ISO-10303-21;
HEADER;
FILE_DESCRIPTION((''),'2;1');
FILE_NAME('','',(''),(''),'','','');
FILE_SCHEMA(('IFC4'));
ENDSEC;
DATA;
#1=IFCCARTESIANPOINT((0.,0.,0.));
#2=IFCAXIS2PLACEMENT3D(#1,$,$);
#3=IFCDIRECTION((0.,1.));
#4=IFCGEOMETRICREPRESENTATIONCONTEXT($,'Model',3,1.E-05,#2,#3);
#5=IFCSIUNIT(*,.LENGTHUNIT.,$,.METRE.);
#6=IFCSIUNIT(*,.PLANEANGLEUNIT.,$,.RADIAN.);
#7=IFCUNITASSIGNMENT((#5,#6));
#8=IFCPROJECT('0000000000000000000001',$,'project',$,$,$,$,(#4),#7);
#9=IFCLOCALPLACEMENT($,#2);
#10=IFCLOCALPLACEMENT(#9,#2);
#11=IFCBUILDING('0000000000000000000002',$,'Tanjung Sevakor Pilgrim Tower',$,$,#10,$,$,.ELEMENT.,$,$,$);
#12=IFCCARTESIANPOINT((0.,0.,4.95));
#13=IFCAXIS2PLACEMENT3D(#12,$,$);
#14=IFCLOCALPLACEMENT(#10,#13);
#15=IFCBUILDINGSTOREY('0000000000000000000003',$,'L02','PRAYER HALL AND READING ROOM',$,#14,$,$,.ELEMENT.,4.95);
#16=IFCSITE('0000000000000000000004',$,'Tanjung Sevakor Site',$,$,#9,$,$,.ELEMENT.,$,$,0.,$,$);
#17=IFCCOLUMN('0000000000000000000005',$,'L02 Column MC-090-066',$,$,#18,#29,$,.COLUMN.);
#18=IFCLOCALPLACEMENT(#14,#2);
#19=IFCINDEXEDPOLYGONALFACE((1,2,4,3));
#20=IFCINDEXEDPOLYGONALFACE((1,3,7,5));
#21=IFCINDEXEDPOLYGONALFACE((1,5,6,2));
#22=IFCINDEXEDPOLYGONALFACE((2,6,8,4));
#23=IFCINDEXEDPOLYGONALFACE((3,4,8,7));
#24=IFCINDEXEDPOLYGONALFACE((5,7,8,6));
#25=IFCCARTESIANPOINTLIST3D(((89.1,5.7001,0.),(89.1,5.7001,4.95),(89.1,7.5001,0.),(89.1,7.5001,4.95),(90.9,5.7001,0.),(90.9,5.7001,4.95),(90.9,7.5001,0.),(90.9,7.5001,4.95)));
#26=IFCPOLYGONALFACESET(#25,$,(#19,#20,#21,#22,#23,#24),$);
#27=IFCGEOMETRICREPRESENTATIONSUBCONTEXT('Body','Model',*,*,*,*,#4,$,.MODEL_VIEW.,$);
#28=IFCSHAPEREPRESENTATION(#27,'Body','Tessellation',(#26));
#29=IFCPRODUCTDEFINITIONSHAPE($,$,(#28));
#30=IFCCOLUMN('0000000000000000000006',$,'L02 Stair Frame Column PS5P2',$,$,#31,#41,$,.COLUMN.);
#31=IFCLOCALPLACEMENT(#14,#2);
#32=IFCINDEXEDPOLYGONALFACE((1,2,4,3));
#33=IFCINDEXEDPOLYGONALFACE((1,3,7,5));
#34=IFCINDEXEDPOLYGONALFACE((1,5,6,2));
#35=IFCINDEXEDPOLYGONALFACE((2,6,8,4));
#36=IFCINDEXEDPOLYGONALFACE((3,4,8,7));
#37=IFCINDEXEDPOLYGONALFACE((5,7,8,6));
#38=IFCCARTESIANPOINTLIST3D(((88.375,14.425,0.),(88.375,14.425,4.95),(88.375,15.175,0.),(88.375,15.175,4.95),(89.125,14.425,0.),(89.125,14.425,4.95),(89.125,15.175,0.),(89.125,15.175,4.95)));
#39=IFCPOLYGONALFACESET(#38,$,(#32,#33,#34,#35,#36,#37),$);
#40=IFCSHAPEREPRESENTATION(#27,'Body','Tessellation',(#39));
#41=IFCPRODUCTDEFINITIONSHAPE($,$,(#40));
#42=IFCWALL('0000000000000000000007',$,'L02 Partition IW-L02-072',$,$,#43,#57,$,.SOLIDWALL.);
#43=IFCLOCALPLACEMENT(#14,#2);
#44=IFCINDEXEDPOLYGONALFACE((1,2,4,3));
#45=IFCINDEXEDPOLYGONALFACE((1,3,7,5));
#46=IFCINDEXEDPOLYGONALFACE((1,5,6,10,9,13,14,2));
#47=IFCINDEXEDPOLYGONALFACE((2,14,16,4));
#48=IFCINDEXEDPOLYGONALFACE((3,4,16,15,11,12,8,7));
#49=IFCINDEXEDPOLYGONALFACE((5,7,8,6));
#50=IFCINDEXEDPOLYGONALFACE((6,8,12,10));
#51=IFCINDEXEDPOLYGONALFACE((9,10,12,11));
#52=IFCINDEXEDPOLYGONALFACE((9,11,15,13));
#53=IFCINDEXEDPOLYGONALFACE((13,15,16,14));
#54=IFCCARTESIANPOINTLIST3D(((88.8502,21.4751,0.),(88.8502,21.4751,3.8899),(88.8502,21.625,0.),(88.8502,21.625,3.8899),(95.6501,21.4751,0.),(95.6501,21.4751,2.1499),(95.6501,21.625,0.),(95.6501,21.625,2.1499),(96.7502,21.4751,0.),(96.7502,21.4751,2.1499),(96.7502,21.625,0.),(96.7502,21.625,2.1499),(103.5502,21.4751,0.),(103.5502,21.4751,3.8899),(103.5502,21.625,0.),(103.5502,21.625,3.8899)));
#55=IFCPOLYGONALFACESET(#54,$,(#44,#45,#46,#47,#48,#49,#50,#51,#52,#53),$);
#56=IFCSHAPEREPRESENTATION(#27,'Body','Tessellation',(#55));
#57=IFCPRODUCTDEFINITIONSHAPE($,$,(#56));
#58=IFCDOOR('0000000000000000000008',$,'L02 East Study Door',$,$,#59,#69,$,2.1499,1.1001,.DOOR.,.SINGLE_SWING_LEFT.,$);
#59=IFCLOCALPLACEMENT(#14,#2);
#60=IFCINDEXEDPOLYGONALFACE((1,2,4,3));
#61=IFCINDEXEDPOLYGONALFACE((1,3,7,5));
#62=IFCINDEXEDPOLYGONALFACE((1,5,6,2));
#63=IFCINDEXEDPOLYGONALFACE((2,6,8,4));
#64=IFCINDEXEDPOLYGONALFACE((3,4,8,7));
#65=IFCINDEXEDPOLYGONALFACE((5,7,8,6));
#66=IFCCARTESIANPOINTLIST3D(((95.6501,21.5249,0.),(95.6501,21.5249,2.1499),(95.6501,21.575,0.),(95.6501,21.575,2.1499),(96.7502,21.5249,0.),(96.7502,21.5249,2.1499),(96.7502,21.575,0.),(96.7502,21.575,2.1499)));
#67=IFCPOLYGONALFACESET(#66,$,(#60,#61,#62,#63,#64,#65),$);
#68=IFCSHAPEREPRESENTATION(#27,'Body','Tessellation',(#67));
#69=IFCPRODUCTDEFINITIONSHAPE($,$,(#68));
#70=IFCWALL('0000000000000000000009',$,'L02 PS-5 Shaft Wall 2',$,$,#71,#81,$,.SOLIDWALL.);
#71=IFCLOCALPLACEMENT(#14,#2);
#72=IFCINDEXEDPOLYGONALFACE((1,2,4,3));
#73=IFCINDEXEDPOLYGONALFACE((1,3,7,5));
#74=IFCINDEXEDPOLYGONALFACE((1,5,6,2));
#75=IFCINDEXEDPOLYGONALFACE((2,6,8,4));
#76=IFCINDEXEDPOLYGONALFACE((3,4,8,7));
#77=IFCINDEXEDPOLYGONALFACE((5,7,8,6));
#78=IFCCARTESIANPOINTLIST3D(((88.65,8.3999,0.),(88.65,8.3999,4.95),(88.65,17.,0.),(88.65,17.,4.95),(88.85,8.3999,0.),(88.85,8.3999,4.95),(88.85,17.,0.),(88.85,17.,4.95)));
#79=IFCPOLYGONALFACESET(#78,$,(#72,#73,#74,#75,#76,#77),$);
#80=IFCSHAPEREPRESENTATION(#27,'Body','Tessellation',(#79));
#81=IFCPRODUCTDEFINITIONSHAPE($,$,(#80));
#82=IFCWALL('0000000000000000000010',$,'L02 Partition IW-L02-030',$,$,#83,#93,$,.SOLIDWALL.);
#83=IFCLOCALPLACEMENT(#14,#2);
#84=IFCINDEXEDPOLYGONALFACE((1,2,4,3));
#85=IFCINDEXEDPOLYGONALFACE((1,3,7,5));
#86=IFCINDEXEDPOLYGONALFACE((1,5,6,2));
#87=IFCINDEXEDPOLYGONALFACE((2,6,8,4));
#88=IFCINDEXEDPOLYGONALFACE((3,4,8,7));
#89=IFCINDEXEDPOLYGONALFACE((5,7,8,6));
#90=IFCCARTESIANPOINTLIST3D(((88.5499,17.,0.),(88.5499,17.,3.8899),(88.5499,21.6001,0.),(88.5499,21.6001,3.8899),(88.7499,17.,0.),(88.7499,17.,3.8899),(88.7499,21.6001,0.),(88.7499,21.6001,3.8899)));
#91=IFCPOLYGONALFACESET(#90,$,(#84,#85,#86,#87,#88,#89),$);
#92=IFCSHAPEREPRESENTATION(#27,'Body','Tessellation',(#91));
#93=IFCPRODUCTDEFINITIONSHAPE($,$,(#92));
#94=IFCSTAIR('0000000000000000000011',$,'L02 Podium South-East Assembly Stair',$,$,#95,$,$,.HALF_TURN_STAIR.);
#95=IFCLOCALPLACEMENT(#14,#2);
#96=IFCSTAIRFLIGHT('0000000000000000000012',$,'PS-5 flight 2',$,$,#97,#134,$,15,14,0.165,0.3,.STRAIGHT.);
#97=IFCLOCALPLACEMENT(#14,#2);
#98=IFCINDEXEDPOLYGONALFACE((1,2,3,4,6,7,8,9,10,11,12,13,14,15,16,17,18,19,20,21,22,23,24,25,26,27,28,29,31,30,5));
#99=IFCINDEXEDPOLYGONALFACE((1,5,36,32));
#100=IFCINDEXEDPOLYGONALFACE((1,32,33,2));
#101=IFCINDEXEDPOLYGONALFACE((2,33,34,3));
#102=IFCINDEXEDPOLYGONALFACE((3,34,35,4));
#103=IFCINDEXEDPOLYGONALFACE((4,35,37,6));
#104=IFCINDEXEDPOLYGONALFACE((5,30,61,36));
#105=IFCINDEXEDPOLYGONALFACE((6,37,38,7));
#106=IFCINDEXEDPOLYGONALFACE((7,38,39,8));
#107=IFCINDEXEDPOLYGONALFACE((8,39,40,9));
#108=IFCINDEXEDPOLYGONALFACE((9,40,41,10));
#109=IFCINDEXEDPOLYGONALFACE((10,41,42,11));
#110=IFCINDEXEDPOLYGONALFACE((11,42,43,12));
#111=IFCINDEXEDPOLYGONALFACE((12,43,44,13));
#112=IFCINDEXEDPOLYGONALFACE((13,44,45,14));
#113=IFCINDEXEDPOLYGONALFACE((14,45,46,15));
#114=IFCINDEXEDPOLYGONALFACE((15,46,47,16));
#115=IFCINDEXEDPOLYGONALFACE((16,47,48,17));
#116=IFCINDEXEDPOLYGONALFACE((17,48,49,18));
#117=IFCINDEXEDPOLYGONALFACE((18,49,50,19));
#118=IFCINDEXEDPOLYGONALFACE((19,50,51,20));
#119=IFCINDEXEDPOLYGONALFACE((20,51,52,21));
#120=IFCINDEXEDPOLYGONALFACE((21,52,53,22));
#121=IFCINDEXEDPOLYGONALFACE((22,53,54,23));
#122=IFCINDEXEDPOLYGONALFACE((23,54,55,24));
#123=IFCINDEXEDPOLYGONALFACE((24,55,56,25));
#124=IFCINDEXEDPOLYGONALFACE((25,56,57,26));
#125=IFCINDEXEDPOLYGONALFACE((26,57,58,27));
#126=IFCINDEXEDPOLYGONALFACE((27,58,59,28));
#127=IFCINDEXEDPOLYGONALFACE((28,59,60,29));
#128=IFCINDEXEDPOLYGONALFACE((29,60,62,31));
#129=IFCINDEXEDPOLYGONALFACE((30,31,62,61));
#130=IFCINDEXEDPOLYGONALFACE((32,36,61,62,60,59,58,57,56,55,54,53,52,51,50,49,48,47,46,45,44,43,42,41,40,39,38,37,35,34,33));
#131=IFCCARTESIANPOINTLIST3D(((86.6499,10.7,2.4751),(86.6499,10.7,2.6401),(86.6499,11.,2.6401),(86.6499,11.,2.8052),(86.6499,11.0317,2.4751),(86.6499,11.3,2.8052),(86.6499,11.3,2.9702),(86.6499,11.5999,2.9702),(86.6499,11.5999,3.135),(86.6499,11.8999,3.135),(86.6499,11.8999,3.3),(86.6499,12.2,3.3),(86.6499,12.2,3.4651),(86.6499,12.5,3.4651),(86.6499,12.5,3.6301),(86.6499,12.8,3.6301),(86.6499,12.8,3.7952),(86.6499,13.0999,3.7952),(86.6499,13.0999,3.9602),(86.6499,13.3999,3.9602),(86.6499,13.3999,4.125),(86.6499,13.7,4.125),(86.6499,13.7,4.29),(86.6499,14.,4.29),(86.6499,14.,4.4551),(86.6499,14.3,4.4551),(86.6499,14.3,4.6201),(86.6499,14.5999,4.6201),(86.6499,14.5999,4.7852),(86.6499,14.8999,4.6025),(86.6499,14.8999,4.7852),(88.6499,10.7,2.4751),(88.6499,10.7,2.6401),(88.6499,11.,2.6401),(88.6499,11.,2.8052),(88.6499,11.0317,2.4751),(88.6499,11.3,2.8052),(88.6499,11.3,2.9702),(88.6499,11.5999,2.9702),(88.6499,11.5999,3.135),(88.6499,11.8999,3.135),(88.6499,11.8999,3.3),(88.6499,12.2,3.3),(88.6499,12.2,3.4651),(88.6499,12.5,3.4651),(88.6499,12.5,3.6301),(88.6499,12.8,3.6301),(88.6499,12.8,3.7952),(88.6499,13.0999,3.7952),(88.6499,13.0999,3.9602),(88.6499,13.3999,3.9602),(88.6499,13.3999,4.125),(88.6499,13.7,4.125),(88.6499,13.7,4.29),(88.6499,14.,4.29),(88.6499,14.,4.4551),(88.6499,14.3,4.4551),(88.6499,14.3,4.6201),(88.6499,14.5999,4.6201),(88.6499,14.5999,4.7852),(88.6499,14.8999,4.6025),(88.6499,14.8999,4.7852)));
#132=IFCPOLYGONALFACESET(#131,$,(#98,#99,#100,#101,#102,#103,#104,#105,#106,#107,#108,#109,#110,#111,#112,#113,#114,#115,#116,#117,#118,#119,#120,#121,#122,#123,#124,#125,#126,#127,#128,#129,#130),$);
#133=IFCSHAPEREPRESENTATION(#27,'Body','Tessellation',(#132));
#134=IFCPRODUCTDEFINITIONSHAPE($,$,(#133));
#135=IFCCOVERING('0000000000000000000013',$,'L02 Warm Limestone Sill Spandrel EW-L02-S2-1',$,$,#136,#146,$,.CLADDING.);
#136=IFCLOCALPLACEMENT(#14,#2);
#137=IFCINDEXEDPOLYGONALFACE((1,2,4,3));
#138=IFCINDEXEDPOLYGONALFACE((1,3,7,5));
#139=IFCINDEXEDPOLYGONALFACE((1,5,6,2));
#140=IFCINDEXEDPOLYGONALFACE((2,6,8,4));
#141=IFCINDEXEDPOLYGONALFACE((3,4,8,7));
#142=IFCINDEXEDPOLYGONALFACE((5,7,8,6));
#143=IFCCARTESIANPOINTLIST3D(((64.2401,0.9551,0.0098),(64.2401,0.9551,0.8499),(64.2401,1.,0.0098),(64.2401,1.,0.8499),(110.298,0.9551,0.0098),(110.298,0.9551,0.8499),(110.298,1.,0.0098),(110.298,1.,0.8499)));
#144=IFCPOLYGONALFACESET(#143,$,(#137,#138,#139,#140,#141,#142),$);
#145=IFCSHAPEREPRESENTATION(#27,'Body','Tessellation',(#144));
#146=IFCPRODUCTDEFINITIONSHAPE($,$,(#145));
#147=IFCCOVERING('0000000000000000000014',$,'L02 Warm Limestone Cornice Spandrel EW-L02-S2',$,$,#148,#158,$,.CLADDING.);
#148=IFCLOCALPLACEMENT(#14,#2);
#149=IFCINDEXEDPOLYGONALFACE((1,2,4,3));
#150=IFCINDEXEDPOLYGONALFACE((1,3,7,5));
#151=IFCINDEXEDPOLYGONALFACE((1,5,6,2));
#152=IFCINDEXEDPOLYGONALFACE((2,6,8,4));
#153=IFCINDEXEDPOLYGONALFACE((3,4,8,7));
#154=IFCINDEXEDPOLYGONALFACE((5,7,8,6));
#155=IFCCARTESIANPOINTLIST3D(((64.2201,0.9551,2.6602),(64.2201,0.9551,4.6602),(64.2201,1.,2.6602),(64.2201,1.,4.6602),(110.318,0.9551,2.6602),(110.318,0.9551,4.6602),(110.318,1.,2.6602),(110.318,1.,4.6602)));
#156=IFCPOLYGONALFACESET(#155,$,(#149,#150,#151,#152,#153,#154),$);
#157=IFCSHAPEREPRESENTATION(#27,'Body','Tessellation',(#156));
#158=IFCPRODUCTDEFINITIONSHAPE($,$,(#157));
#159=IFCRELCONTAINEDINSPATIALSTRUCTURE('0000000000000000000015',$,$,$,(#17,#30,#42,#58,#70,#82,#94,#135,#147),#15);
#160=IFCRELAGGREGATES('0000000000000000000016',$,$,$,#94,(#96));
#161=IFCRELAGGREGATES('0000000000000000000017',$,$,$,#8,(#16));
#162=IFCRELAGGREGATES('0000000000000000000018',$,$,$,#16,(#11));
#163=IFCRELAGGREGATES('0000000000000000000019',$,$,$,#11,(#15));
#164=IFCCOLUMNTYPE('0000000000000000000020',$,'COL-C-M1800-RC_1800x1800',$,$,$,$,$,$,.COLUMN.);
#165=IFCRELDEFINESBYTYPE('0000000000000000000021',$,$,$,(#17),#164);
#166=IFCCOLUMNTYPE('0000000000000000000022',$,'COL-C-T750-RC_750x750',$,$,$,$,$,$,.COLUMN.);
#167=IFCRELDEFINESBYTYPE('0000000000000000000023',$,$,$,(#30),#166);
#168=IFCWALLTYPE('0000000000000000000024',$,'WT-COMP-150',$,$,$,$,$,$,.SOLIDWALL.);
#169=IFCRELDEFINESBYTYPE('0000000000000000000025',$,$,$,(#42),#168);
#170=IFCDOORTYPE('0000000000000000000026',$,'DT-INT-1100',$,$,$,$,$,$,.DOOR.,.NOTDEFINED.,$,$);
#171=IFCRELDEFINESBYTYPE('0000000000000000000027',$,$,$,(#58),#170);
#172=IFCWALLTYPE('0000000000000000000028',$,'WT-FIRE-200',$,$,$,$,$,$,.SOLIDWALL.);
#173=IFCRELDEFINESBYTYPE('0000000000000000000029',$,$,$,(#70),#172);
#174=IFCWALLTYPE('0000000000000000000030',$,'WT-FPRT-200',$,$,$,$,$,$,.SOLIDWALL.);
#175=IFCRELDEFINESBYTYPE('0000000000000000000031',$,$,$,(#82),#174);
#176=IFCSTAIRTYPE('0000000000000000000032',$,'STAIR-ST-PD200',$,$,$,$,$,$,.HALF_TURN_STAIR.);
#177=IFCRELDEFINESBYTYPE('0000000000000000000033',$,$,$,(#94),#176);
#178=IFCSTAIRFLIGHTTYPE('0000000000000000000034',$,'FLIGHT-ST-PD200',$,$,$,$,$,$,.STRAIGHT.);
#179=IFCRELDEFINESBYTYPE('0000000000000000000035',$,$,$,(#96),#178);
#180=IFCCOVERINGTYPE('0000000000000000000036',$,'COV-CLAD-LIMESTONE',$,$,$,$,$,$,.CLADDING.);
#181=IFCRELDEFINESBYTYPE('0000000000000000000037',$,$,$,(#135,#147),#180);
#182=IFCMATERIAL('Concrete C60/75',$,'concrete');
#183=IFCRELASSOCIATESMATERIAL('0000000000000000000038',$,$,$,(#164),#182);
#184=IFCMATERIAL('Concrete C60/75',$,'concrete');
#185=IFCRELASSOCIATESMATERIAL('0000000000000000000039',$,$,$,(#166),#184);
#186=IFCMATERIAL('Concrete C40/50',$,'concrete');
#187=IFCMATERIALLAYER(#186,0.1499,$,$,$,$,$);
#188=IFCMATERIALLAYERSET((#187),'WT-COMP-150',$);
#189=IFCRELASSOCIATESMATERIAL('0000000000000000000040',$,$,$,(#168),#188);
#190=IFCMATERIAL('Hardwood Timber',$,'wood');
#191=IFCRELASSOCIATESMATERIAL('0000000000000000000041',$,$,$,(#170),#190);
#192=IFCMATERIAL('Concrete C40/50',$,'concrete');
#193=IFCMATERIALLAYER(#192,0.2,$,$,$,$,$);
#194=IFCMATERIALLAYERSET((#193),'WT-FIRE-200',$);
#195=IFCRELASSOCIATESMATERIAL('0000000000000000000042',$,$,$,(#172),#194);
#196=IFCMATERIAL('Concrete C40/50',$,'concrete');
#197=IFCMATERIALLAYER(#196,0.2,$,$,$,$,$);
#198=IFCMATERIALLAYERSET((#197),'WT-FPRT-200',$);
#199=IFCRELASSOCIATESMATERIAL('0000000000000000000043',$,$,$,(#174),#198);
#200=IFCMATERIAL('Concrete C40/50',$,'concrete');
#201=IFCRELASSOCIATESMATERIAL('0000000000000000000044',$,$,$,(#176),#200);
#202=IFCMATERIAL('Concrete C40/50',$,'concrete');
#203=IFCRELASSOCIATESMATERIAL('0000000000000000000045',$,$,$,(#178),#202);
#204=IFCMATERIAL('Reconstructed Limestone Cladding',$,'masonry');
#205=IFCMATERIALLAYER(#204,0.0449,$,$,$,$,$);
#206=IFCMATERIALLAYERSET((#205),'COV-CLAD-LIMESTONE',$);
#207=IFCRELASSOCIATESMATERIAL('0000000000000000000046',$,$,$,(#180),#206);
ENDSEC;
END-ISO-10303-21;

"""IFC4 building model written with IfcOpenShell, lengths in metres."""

from ifc_helpers import new_model, si_unit, direction, frame, frame_2d, origin, origin_2d, place, context, subcontext, project, spatial, polyline, rectangle, outline, extrude, material, layer, layer_set, material_profile, profile_set, type_object, element, fill, aggregate, save


model = new_model("IFC4")

# Units and contexts
model_context = context("Model", 3, precision=1e-05, world=origin(), true_north=direction((0.0, 1.0)))
body_context = subcontext(model_context, "Body", "Model", "MODEL_VIEW")
ifc_project = project(units=[si_unit("LENGTHUNIT", "METRE"), si_unit("PLANEANGLEUNIT", "RADIAN")], contexts=[model_context])

# Site, building, storey
site_placement = place(None, origin())
site = spatial("IfcSite", under=ifc_project, at=site_placement, Name="Tanjung Sevakor Site", CompositionType="ELEMENT", RefElevation=0.0)
building_placement = place(site_placement, origin())
building = spatial("IfcBuilding", under=site, at=building_placement, Name="Tanjung Sevakor Pilgrim Tower", CompositionType="ELEMENT")
storey_placement = place(building_placement, frame((0.0, 0.0, 4.95)))
storey = spatial("IfcBuildingStorey", under=building, at=storey_placement, Name="L02", Description="PRAYER HALL AND READING ROOM", CompositionType="ELEMENT", Elevation=4.95)

# Columns
ifc_material_1 = material(Name="Concrete C60/75", Category="concrete")
ifc_material_profile_1 = material_profile(ifc_material_1, rectangle(XDim=1.8, YDim=1.8, at=origin_2d()))
ifc_profile_set_1 = profile_set([ifc_material_profile_1], Name="Concrete C60/75")
column_type_1 = type_object("IfcColumnType", Name="COL-C-M1800-RC_1800x1800", PredefinedType="COLUMN", material=ifc_profile_set_1)
column_1_placement = place(storey_placement, frame((90.0, 6.6001, 0.0), z_axis=(0.0, 0.0, 1.0), x_axis=(1.0, 0.0, 0.0)))
element("IfcColumn", 1, at=column_1_placement, inside=storey, type_object=column_type_1, Name="L02 Column MC-090-066", PredefinedType="COLUMN", context=body_context, shape_type="SweptSolid", body=[
    extrude(rectangle(XDim=1.8, YDim=1.8, at=origin_2d()), origin(), (0.0, 0.0, 1.0), 4.95),
])
ifc_material_2 = material(Name="Concrete C60/75", Category="concrete")
ifc_material_profile_2 = material_profile(ifc_material_2, rectangle(XDim=0.75, YDim=0.75, at=origin_2d()))
ifc_profile_set_2 = profile_set([ifc_material_profile_2], Name="Concrete C60/75")
column_type_2 = type_object("IfcColumnType", Name="COL-C-T750-RC_750x750", PredefinedType="COLUMN", material=ifc_profile_set_2)
column_2_placement = place(storey_placement, frame((88.75, 14.8, 0.0), z_axis=(0.0, 0.0, 1.0), x_axis=(1.0, 0.0, 0.0)))
element("IfcColumn", 2, at=column_2_placement, inside=storey, type_object=column_type_2, Name="L02 Stair Frame Column PS5P2", PredefinedType="COLUMN", context=body_context, shape_type="SweptSolid", body=[
    extrude(rectangle(XDim=0.75, YDim=0.75, at=origin_2d()), origin(), (0.0, 0.0, 1.0), 4.95),
])

# Wall, opening, door
ifc_material_3 = material(Name="Concrete C40/50", Category="concrete")
ifc_layer_1 = layer(ifc_material_3, 0.1499)
ifc_layer_set_1 = layer_set([ifc_layer_1], Name="WT-COMP-150")
wall_type_1 = type_object("IfcWallType", Name="WT-COMP-150", PredefinedType="SOLIDWALL", material=ifc_layer_set_1)
wall_1_placement = place(storey_placement, frame((88.8501, 21.55, 0.0), z_axis=(0.0, 0.0, 1.0), x_axis=(1.0, 0.0, 0.0)))
wall_1 = element("IfcWall", 3, at=wall_1_placement, inside=storey, type_object=wall_type_1, Name="L02 Partition IW-L02-072", PredefinedType="SOLIDWALL", context=body_context, shape_type="SweptSolid", body=[
    extrude(rectangle(XDim=14.7, YDim=0.1499, at=frame_2d((7.3501, 0.0))), origin(), (0.0, 0.0, 1.0), 3.8899),
])
opening_1_placement = place(wall_1_placement, frame((6.8, 0.0, 0.0)))
opening_1 = element("IfcOpeningElement", 4, at=opening_1_placement, cuts=wall_1, PredefinedType="OPENING", context=body_context, shape_type="SweptSolid", body=[
    extrude(rectangle(XDim=1.1001, YDim=2.1499, at=frame_2d((0.55, 1.075))), frame((0.0, 0.085, 0.0), z_axis=(0.0, -1.0, 0.0), x_axis=(1.0, 0.0, 0.0)), (0.0, 0.0, 1.0), 0.1699),
])
ifc_material_4 = material(Name="Hardwood Timber", Category="wood")
door_type_1 = type_object("IfcDoorType", Name="DT-INT-1100", OperationType="NOTDEFINED", PredefinedType="DOOR", material=ifc_material_4)
door_1_placement = place(opening_1_placement, origin())
door_1 = element("IfcDoor", 5, at=door_1_placement, inside=storey, type_object=door_type_1, Name="L02 East Study Door", OperationType="SINGLE_SWING_LEFT", OverallHeight=2.1499, OverallWidth=1.1001, PredefinedType="DOOR", context=body_context, shape_type="SweptSolid", body=[
    extrude(rectangle(XDim=1.1001, YDim=2.1499, at=frame_2d((0.55, 1.075))), frame((0.0, 0.0249, 0.0), z_axis=(0.0, -1.0, 0.0), x_axis=(1.0, 0.0, 0.0)), (0.0, 0.0, 1.0), 0.05),
])
fill(opening_1, door_1)

# Wall
ifc_material_5 = material(Name="Concrete C40/50", Category="concrete")
ifc_layer_2 = layer(ifc_material_5, 0.2)
ifc_layer_set_2 = layer_set([ifc_layer_2], Name="WT-FIRE-200")
wall_type_2 = type_object("IfcWallType", Name="WT-FIRE-200", PredefinedType="SOLIDWALL", material=ifc_layer_set_2)
wall_2_placement = place(storey_placement, frame((88.75, 8.3999, 0.0), z_axis=(0.0, 0.0, 1.0), x_axis=(0.0, 1.0, 0.0)))
element("IfcWall", 6, at=wall_2_placement, inside=storey, type_object=wall_type_2, Name="L02 PS-5 Shaft Wall 2", PredefinedType="SOLIDWALL", context=body_context, shape_type="SweptSolid", body=[
    extrude(rectangle(XDim=8.6001, YDim=0.2, at=frame_2d((4.3, 0.0))), origin(), (0.0, 0.0, 1.0), 4.95),
])

# Wall
ifc_material_6 = material(Name="Concrete C40/50", Category="concrete")
ifc_layer_3 = layer(ifc_material_6, 0.2)
ifc_layer_set_3 = layer_set([ifc_layer_3], Name="WT-FPRT-200")
wall_type_3 = type_object("IfcWallType", Name="WT-FPRT-200", PredefinedType="SOLIDWALL", material=ifc_layer_set_3)
wall_3_placement = place(storey_placement, frame((88.6499, 17.0, 0.0), z_axis=(0.0, 0.0, 1.0), x_axis=(0.0, 1.0, 0.0)))
element("IfcWall", 7, at=wall_3_placement, inside=storey, type_object=wall_type_3, Name="L02 Partition IW-L02-030", PredefinedType="SOLIDWALL", context=body_context, shape_type="SweptSolid", body=[
    extrude(rectangle(XDim=4.6001, YDim=0.2, at=frame_2d((2.3, 0.0))), origin(), (0.0, 0.0, 1.0), 3.8899),
])

# Stair, stair flight
ifc_material_7 = material(Name="Concrete C40/50", Category="concrete")
stair_type = type_object("IfcStairType", Name="STAIR-ST-PD200", PredefinedType="HALF_TURN_STAIR", material=ifc_material_7)
stair_placement = place(storey_placement, origin())
stair = element("IfcStair", 8, at=stair_placement, inside=storey, type_object=stair_type, Name="L02 Podium South-East Assembly Stair", PredefinedType="HALF_TURN_STAIR")
ifc_material_8 = material(Name="Concrete C40/50", Category="concrete")
stair_flight_type = type_object("IfcStairFlightType", Name="FLIGHT-ST-PD200", PredefinedType="STRAIGHT", material=ifc_material_8)
stair_flight_placement = place(storey_placement, frame((87.6499, 10.7, 2.4751), z_axis=(0.0, 0.0, 1.0), x_axis=(0.0, 1.0, 0.0)))
stair_flight = element("IfcStairFlight", 9, at=stair_flight_placement, type_object=stair_flight_type, Name="PS-5 flight 2", NumberOfRisers=15, NumberOfTreads=14, PredefinedType="STRAIGHT", RiserHeight=0.165, TreadLength=0.3, context=body_context, shape_type="SweptSolid", body=[
    extrude(outline(polyline([(0.0, 0.0), (0.0, 0.165), (0.3, 0.165), (0.3, 0.3301), (0.6001, 0.3301), (0.6001, 0.4951), (0.8999, 0.4951), (0.8999, 0.6599), (1.2, 0.6599), (1.2, 0.825), (1.5, 0.825), (1.5, 0.99), (1.8, 0.99), (1.8, 1.155), (2.1001, 1.155), (2.1001, 1.3201), (2.3999, 1.3201), (2.3999, 1.4851), (2.7, 1.4851), (2.7, 1.6499), (3.0, 1.6499), (3.0, 1.8149), (3.3, 1.8149), (3.3, 1.98), (3.6001, 1.98), (3.6001, 2.145), (3.8999, 2.145), (3.8999, 2.3101), (4.2, 2.3101), (4.2, 2.4751), (4.2, 2.1274), (0.3318, 0.0), (0.0, 0.0)])), frame((0.0, 1.0, 0.0), z_axis=(0.0, -1.0, 0.0), x_axis=(1.0, 0.0, 0.0)), (0.0, 0.0, 1.0), 2.0),
])
aggregate(stair, [stair_flight])

# Coverings
ifc_material_9 = material(Name="Reconstructed Limestone Cladding", Category="masonry")
ifc_layer_4 = layer(ifc_material_9, 0.0449)
ifc_layer_set_4 = layer_set([ifc_layer_4], Name="COV-CLAD-LIMESTONE")
covering_type = type_object("IfcCoveringType", Name="COV-CLAD-LIMESTONE", PredefinedType="CLADDING", material=ifc_layer_set_4)
covering_1_placement = place(storey_placement, frame((87.269, 0.9775, 0.0098), z_axis=(0.0, 0.0, 1.0), x_axis=(1.0, 0.0, 0.0)))
element("IfcCovering", 10, at=covering_1_placement, inside=storey, type_object=covering_type, Name="L02 Warm Limestone Sill Spandrel EW-L02-S2-1", PredefinedType="CLADDING", context=body_context, shape_type="SweptSolid", body=[
    extrude(rectangle(XDim=46.0579, YDim=0.0449, at=origin_2d()), origin(), (0.0, 0.0, 1.0), 0.8401),
])
covering_2_placement = place(storey_placement, frame((87.269, 0.9775, 2.6602), z_axis=(0.0, 0.0, 1.0), x_axis=(1.0, 0.0, 0.0)))
element("IfcCovering", 11, at=covering_2_placement, inside=storey, type_object=covering_type, Name="L02 Warm Limestone Cornice Spandrel EW-L02-S2", PredefinedType="CLADDING", context=body_context, shape_type="SweptSolid", body=[
    extrude(rectangle(XDim=46.0979, YDim=0.0449, at=origin_2d()), origin(), (0.0, 0.0, 1.0), 2.0),
])

save(model, "model.ifc")
